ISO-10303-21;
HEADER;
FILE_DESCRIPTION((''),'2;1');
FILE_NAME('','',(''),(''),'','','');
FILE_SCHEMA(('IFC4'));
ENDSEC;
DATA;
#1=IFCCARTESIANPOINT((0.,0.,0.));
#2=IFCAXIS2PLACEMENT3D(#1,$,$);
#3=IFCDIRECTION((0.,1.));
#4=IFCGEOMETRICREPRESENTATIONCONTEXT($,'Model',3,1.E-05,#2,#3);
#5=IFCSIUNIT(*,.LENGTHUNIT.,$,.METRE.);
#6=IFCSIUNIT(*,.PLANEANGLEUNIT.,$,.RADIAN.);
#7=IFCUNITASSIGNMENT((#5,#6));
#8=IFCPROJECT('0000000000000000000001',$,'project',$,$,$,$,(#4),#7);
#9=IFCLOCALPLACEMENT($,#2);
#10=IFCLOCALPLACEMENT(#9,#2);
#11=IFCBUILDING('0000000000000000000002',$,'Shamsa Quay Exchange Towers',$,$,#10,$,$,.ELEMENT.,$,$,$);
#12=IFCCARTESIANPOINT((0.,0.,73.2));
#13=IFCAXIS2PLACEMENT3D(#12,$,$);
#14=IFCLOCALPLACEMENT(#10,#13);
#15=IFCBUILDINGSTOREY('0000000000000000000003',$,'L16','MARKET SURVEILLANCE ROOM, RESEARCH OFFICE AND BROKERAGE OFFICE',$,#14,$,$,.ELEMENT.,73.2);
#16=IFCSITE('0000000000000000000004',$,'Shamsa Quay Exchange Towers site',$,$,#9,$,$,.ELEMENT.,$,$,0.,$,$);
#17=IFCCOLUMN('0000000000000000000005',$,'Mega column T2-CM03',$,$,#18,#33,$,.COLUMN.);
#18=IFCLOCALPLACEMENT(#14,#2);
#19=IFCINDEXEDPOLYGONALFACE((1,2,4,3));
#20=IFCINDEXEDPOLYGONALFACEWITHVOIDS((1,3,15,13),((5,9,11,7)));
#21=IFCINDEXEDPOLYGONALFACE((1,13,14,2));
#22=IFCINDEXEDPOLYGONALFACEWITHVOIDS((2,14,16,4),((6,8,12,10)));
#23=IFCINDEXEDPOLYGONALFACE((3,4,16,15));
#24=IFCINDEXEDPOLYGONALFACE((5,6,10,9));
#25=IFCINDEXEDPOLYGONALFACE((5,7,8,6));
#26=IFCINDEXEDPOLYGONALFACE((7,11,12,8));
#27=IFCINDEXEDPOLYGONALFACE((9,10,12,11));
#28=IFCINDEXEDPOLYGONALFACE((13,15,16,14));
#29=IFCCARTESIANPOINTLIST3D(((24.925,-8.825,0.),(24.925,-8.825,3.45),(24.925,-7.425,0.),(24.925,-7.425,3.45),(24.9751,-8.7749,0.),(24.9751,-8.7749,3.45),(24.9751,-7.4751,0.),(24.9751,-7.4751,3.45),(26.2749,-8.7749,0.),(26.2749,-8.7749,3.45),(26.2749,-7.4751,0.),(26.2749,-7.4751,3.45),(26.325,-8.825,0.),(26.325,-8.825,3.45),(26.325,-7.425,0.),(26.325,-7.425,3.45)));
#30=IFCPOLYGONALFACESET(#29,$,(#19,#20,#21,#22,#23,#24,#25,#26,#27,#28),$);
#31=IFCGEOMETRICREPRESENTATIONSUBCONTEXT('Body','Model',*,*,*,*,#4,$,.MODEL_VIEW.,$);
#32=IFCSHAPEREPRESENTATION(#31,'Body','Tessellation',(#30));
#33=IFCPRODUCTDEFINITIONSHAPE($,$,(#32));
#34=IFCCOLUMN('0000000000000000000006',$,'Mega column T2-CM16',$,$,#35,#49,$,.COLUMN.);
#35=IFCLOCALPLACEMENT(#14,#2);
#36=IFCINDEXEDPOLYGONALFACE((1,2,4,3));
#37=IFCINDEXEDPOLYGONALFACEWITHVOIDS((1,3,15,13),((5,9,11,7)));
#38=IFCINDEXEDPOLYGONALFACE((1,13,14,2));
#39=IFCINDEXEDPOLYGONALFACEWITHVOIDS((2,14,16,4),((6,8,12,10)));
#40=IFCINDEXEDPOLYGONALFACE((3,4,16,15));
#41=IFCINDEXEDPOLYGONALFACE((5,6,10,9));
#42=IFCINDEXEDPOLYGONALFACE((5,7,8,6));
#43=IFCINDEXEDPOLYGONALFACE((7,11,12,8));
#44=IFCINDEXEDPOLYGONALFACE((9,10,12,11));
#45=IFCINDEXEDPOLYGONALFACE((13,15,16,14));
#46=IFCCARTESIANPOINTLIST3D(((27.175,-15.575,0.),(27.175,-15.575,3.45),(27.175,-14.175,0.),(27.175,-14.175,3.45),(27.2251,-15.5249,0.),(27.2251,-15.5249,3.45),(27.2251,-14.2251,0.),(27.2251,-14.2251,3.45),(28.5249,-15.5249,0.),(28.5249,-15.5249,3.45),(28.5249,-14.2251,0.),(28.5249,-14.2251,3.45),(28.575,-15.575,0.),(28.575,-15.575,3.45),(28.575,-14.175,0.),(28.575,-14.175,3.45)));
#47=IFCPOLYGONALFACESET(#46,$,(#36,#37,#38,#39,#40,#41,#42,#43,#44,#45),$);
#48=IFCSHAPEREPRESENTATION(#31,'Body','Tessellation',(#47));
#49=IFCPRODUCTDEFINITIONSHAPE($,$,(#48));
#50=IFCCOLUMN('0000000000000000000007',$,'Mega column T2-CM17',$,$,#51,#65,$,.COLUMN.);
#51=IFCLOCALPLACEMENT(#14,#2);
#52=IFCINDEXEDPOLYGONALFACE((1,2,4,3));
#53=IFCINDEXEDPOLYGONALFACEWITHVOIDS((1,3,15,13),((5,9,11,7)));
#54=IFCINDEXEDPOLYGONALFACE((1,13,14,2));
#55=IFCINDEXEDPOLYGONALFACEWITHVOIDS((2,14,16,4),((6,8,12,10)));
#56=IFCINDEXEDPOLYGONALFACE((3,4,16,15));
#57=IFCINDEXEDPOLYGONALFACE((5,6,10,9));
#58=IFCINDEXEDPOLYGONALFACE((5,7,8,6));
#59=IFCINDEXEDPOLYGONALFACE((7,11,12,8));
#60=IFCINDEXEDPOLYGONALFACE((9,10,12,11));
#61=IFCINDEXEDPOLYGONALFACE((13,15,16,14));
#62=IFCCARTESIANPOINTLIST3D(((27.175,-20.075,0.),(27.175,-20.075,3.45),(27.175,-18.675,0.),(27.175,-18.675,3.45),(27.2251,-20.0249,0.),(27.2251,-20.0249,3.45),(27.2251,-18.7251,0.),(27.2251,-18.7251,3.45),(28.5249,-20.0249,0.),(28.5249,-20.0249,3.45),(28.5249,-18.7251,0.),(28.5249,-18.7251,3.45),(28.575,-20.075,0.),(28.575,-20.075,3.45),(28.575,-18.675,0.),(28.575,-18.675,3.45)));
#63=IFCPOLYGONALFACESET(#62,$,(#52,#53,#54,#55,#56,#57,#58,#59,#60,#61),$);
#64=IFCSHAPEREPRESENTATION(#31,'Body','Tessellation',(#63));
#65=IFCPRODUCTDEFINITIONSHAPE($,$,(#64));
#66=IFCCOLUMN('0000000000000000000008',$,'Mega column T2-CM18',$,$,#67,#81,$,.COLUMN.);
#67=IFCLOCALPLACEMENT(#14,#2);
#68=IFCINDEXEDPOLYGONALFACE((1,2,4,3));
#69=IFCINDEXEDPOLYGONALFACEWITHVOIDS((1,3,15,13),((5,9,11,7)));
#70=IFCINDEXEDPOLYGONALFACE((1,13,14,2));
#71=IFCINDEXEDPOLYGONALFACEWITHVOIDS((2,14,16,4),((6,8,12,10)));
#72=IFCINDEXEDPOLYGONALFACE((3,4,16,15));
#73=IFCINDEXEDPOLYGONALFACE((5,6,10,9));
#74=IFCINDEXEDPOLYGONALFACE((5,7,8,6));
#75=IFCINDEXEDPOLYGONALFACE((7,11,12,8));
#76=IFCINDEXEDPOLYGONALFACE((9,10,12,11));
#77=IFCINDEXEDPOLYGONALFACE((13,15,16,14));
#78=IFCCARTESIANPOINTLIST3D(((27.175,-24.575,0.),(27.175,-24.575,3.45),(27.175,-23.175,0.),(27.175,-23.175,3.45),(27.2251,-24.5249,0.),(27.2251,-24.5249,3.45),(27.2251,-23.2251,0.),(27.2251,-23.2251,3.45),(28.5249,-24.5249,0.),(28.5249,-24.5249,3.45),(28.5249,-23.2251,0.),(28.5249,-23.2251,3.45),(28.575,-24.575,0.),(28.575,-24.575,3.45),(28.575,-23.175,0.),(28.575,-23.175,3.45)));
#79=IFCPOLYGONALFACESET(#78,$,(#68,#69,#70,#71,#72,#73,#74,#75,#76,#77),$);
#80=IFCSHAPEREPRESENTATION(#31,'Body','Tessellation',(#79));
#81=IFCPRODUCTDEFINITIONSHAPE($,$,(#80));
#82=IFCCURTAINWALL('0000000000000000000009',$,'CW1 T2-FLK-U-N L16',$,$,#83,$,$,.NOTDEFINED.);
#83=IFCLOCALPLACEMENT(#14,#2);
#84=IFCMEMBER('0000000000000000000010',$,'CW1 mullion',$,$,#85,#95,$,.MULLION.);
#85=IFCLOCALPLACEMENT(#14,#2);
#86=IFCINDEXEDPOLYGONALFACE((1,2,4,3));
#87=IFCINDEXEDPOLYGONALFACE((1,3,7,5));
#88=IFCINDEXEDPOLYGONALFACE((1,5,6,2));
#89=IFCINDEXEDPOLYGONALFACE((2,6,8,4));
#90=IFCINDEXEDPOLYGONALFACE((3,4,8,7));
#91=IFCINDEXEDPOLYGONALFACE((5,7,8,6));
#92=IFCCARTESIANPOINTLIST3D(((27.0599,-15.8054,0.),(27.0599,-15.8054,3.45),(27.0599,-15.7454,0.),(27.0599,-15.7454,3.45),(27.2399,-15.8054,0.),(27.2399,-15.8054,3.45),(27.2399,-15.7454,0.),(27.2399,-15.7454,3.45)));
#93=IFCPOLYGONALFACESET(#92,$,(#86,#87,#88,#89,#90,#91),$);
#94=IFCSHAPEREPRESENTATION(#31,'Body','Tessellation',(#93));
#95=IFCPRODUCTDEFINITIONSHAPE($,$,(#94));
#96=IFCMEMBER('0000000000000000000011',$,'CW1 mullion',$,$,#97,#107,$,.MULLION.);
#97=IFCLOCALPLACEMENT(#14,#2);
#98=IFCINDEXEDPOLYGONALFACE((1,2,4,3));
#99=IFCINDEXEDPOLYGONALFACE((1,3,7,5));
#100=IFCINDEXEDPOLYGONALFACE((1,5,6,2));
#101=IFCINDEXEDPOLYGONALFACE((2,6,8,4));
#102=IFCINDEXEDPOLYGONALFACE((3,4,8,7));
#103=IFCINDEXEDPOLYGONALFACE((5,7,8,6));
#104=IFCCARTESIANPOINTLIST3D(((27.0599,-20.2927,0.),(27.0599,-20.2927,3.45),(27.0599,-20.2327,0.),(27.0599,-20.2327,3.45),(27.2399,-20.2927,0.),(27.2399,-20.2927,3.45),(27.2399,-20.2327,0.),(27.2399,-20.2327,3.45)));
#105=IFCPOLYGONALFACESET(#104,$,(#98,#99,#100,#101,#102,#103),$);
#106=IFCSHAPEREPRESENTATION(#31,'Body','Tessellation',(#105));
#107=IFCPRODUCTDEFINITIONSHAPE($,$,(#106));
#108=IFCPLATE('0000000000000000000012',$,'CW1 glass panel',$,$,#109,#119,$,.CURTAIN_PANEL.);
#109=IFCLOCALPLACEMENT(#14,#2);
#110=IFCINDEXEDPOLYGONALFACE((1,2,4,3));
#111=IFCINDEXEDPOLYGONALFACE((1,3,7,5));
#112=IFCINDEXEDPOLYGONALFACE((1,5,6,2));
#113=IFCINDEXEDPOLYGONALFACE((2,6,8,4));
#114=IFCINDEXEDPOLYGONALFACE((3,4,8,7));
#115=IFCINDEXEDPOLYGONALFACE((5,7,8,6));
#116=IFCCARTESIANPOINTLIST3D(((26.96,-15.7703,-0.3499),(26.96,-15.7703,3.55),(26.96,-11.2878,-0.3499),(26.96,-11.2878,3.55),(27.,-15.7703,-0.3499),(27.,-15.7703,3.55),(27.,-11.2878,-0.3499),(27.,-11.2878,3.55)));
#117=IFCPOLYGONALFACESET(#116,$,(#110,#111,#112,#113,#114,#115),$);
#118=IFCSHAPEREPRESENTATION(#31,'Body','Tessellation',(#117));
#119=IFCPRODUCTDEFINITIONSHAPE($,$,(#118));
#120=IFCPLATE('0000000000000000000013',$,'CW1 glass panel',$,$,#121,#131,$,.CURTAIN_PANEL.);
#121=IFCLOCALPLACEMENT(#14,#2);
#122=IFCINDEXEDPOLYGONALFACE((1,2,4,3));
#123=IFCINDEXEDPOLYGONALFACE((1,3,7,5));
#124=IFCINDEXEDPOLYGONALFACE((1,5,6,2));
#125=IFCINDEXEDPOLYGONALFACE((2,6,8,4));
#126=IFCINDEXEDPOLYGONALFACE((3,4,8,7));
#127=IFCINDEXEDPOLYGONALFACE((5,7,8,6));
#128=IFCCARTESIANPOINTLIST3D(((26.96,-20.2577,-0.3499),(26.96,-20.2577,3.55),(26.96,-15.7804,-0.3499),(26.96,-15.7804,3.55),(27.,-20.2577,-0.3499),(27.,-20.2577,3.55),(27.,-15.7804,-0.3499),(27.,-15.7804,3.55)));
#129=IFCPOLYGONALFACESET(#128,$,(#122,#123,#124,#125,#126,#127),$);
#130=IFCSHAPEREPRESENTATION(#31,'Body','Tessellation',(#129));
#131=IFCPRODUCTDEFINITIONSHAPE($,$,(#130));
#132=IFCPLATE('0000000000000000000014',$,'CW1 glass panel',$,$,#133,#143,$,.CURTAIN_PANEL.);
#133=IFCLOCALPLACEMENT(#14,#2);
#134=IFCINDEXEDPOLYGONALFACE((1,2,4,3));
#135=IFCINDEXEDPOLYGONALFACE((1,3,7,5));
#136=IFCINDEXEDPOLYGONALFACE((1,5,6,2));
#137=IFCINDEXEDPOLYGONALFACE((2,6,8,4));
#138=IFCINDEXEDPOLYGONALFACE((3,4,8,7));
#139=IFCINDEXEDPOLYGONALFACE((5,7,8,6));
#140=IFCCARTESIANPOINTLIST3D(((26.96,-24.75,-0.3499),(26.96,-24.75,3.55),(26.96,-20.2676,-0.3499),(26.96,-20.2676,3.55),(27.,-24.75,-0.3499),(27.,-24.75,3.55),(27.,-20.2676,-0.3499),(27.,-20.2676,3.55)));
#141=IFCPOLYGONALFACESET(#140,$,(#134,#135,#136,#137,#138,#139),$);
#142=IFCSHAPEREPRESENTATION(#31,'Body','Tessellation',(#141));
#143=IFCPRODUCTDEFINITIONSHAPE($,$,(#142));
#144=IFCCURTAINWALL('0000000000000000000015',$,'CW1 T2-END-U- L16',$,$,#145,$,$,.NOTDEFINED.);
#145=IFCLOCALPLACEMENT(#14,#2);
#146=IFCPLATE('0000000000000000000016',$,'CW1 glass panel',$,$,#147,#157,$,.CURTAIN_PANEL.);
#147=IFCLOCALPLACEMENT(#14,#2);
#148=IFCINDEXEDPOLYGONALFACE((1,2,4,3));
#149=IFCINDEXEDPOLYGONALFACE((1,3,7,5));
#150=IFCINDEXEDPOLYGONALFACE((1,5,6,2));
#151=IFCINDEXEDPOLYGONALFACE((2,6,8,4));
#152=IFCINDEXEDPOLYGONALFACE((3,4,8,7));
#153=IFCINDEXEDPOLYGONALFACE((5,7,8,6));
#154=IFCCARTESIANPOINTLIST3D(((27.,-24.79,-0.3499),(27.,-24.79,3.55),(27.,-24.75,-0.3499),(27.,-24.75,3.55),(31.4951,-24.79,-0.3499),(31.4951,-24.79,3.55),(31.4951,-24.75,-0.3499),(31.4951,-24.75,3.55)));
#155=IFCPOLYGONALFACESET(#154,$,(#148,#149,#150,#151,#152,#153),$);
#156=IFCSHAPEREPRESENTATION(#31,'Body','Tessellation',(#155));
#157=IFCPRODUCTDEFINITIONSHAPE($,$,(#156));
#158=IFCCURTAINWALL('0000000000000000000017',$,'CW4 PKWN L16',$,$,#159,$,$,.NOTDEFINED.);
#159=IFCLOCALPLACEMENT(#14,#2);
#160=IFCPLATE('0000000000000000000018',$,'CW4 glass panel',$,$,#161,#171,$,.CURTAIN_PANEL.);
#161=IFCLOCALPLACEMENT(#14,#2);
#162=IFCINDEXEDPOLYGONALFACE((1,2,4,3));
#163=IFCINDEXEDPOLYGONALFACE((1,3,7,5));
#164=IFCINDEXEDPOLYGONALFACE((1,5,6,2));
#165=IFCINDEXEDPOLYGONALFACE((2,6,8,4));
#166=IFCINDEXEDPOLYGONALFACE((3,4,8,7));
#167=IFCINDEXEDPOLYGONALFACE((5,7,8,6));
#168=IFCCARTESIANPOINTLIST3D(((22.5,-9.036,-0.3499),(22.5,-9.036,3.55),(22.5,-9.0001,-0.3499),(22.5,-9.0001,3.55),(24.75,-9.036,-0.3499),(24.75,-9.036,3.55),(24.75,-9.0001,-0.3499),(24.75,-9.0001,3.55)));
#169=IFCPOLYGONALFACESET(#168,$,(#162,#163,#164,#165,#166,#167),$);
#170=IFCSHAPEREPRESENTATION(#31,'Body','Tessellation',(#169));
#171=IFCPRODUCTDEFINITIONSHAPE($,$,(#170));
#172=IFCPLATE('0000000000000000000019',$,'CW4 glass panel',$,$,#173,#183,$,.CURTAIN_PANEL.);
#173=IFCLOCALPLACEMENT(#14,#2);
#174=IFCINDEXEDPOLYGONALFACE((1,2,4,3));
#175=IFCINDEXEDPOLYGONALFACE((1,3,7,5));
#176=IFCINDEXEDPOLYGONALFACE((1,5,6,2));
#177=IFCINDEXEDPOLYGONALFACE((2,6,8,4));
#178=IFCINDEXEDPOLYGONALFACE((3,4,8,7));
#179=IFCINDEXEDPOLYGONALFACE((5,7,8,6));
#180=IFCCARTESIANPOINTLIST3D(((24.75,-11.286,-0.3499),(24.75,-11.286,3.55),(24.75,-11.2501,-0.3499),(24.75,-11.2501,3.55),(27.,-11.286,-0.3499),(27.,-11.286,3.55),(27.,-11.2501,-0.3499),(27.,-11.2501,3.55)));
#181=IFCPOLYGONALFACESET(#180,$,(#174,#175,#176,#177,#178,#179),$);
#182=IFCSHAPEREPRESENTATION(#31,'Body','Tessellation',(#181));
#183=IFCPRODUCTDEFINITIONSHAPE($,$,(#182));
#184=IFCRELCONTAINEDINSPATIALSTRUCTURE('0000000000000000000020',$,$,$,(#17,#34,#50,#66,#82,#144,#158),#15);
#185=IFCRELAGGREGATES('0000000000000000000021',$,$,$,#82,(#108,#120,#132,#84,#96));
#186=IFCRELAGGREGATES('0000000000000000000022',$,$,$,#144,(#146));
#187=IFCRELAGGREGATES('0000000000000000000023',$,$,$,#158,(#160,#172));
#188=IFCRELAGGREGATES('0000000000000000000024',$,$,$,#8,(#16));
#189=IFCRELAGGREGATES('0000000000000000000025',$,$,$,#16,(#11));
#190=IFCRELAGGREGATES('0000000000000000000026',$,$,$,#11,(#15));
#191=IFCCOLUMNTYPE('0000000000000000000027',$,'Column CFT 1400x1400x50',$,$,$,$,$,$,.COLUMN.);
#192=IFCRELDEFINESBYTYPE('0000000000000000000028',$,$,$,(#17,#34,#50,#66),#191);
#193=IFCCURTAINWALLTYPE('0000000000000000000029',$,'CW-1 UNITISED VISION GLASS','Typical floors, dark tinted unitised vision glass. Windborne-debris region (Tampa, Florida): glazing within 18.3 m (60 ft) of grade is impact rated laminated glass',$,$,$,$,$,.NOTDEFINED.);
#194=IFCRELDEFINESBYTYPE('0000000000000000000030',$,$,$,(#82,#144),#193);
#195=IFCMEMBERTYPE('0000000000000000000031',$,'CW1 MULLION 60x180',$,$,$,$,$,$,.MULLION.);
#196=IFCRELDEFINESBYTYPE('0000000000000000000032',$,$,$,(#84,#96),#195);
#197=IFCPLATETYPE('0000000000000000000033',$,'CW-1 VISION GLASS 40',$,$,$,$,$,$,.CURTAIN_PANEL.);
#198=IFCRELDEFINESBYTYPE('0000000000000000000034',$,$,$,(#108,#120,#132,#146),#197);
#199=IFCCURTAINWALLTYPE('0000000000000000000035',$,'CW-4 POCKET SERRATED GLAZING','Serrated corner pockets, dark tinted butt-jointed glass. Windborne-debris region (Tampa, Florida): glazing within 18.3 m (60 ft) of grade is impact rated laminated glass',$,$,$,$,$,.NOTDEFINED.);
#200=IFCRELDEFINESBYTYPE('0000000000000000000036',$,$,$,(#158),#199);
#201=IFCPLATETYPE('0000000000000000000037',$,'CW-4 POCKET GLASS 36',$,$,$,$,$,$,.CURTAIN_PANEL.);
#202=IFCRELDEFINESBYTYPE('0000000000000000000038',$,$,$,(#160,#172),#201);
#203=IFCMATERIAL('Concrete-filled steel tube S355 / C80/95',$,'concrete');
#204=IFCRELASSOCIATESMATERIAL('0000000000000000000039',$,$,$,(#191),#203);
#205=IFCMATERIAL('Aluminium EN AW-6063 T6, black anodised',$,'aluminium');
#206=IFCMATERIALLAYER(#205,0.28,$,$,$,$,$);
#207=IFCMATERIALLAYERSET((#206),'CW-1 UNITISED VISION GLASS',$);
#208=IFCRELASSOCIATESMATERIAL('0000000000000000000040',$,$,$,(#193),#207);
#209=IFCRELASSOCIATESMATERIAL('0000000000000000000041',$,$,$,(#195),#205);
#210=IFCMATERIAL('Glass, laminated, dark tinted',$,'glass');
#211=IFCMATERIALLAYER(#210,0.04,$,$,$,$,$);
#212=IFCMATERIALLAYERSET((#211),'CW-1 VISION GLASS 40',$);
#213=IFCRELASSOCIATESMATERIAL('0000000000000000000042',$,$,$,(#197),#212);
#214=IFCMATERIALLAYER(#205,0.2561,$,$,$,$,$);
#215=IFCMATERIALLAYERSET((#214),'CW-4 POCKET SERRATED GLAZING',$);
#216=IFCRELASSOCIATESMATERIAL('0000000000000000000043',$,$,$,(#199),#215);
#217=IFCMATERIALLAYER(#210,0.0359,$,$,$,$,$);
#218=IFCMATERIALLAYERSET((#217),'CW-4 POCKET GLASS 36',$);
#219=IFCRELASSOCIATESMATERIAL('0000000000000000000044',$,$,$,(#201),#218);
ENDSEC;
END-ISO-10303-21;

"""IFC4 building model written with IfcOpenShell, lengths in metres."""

from ifc_helpers import new_model, si_unit, direction, frame, origin, origin_2d, place, context, subcontext, project, spatial, rectangle, hollow_rectangle, extrude, material, layer, layer_set, material_profile, profile_set, type_object, element, aggregate, save


model = new_model("IFC4")

# Units and contexts
model_context = context("Model", 3, precision=1e-05, world=origin(), true_north=direction((0.0, 1.0)))
body_context = subcontext(model_context, "Body", "Model", "MODEL_VIEW")
ifc_project = project(units=[si_unit("LENGTHUNIT", "METRE"), si_unit("PLANEANGLEUNIT", "RADIAN")], contexts=[model_context])

# Site, building, storey
site_placement = place(None, origin())
site = spatial("IfcSite", under=ifc_project, at=site_placement, Name="Shamsa Quay Exchange Towers site", CompositionType="ELEMENT", RefElevation=0.0)
building_placement = place(site_placement, origin())
building = spatial("IfcBuilding", under=site, at=building_placement, Name="Shamsa Quay Exchange Towers", CompositionType="ELEMENT")
storey_placement = place(building_placement, frame((0.0, 0.0, 73.2)))
storey = spatial("IfcBuildingStorey", under=building, at=storey_placement, Name="L16", Description="MARKET SURVEILLANCE ROOM, RESEARCH OFFICE AND BROKERAGE OFFICE", CompositionType="ELEMENT", Elevation=73.2)

# Columns
ifc_material_1 = material(Name="Concrete-filled steel tube S355 / C80/95", Category="concrete")
ifc_material_profile_1 = material_profile(ifc_material_1, hollow_rectangle(XDim=1.3999, YDim=1.3999, WallThickness=0.05, at=origin_2d()), Name="CFT 1400x1400x50")
ifc_profile_set_1 = profile_set([ifc_material_profile_1], Name="Concrete-filled steel tube S355 / C80/95")
column_type = type_object("IfcColumnType", Name="Column CFT 1400x1400x50", PredefinedType="COLUMN", material=ifc_profile_set_1)
for number, where, name in (
    (1, (25.625, -8.125, 0.0), "Mega column T2-CM03"),
    (2, (27.875, -14.875, 0.0), "Mega column T2-CM16"),
    (3, (27.875, -19.375, 0.0), "Mega column T2-CM17"),
    (4, (27.875, -23.875, 0.0), "Mega column T2-CM18"),
):
    element("IfcColumn", number, at=place(storey_placement, frame(where)), inside=storey, type_object=column_type, Name=name, PredefinedType="COLUMN", context=body_context, shape_type="SweptSolid", body=[
        extrude(hollow_rectangle(XDim=1.3999, YDim=1.3999, WallThickness=0.05, at=origin_2d()), origin(), (0.0, 0.0, 1.0), 3.45),
    ])

# Curtain wall, members, plates
ifc_material_2 = material(Name="Aluminium EN AW-6063 T6, black anodised", Category="aluminium")
ifc_layer_1 = layer(ifc_material_2, 0.28)
ifc_layer_set_1 = layer_set([ifc_layer_1], Name="CW-1 UNITISED VISION GLASS")
curtain_wall_type_1 = type_object("IfcCurtainWallType", Name="CW-1 UNITISED VISION GLASS", Description="Typical floors, dark tinted unitised vision glass. Windborne-debris region (Tampa, Florida): glazing within 18.3 m (60 ft) of grade is impact rated laminated glass", PredefinedType="NOTDEFINED", material=ifc_layer_set_1)
curtain_wall_1_placement = place(storey_placement, origin())
curtain_wall_1 = element("IfcCurtainWall", 5, at=curtain_wall_1_placement, inside=storey, type_object=curtain_wall_type_1, Name="CW1 T2-FLK-U-N L16", PredefinedType="NOTDEFINED")
ifc_material_profile_2 = material_profile(ifc_material_2, rectangle(XDim=0.1799, YDim=0.0601, at=origin_2d()), Name="MU60x180")
ifc_profile_set_2 = profile_set([ifc_material_profile_2], Name="Aluminium EN AW-6063 T6, black anodised")
member_type = type_object("IfcMemberType", Name="CW1 MULLION 60x180", PredefinedType="MULLION", material=ifc_profile_set_2)
member_1_placement = place(storey_placement, frame((27.1499, -15.7754, 0.0)))
member_1 = element("IfcMember", 6, at=member_1_placement, type_object=member_type, Name="CW1 mullion", PredefinedType="MULLION", context=body_context, shape_type="SweptSolid", body=[
    extrude(rectangle(XDim=0.1799, YDim=0.0601, at=origin_2d()), origin(), (0.0, 0.0, 1.0), 3.45),
])
member_2_placement = place(storey_placement, frame((27.1499, -20.2627, 0.0)))
member_2 = element("IfcMember", 7, at=member_2_placement, type_object=member_type, Name="CW1 mullion", PredefinedType="MULLION", context=body_context, shape_type="SweptSolid", body=[
    extrude(rectangle(XDim=0.1799, YDim=0.0601, at=origin_2d()), origin(), (0.0, 0.0, 1.0), 3.45),
])
ifc_material_3 = material(Name="Glass, laminated, dark tinted", Category="glass")
ifc_layer_2 = layer(ifc_material_3, 0.04)
ifc_layer_set_2 = layer_set([ifc_layer_2], Name="CW-1 VISION GLASS 40")
plate_type_1 = type_object("IfcPlateType", Name="CW-1 VISION GLASS 40", PredefinedType="CURTAIN_PANEL", material=ifc_layer_set_2)
plate_1_placement = place(storey_placement, frame((26.98, -13.5291, -0.3499), z_axis=(0.0, 0.0, 1.0), x_axis=(0.0, -1.0, 0.0)))
plate_1 = element("IfcPlate", 8, at=plate_1_placement, type_object=plate_type_1, Name="CW1 glass panel", PredefinedType="CURTAIN_PANEL", context=body_context, shape_type="SweptSolid", body=[
    extrude(rectangle(XDim=4.4824, YDim=0.04, at=origin_2d()), origin(), (0.0, 0.0, 1.0), 3.8999),
])
plate_2_placement = place(storey_placement, frame((26.98, -18.019, -0.3499), z_axis=(0.0, 0.0, 1.0), x_axis=(0.0, -1.0, 0.0)))
plate_2 = element("IfcPlate", 9, at=plate_2_placement, type_object=plate_type_1, Name="CW1 glass panel", PredefinedType="CURTAIN_PANEL", context=body_context, shape_type="SweptSolid", body=[
    extrude(rectangle(XDim=4.4773, YDim=0.04, at=origin_2d()), origin(), (0.0, 0.0, 1.0), 3.8999),
])
plate_3_placement = place(storey_placement, frame((26.98, -22.5088, -0.3499), z_axis=(0.0, 0.0, 1.0), x_axis=(0.0, -1.0, 0.0)))
plate_3 = element("IfcPlate", 10, at=plate_3_placement, type_object=plate_type_1, Name="CW1 glass panel", PredefinedType="CURTAIN_PANEL", context=body_context, shape_type="SweptSolid", body=[
    extrude(rectangle(XDim=4.4824, YDim=0.04, at=origin_2d()), origin(), (0.0, 0.0, 1.0), 3.8999),
])
aggregate(curtain_wall_1, [plate_1, plate_2, plate_3, member_1, member_2])

# Curtain wall, plate
curtain_wall_2_placement = place(storey_placement, origin())
curtain_wall_2 = element("IfcCurtainWall", 11, at=curtain_wall_2_placement, inside=storey, type_object=curtain_wall_type_1, Name="CW1 T2-END-U- L16", PredefinedType="NOTDEFINED")
plate_4_placement = place(storey_placement, frame((29.2476, -24.77, -0.3499)))
plate_4 = element("IfcPlate", 12, at=plate_4_placement, type_object=plate_type_1, Name="CW1 glass panel", PredefinedType="CURTAIN_PANEL", context=body_context, shape_type="SweptSolid", body=[
    extrude(rectangle(XDim=4.4951, YDim=0.04, at=origin_2d()), origin(), (0.0, 0.0, 1.0), 3.8999),
])
aggregate(curtain_wall_2, [plate_4])

# Curtain wall, plates
ifc_layer_3 = layer(ifc_material_2, 0.2561)
ifc_layer_set_3 = layer_set([ifc_layer_3], Name="CW-4 POCKET SERRATED GLAZING")
curtain_wall_type_2 = type_object("IfcCurtainWallType", Name="CW-4 POCKET SERRATED GLAZING", Description="Serrated corner pockets, dark tinted butt-jointed glass. Windborne-debris region (Tampa, Florida): glazing within 18.3 m (60 ft) of grade is impact rated laminated glass", PredefinedType="NOTDEFINED", material=ifc_layer_set_3)
curtain_wall_3_placement = place(storey_placement, origin())
curtain_wall_3 = element("IfcCurtainWall", 13, at=curtain_wall_3_placement, inside=storey, type_object=curtain_wall_type_2, Name="CW4 PKWN L16", PredefinedType="NOTDEFINED")
ifc_layer_4 = layer(ifc_material_3, 0.0359)
ifc_layer_set_4 = layer_set([ifc_layer_4], Name="CW-4 POCKET GLASS 36")
plate_type_2 = type_object("IfcPlateType", Name="CW-4 POCKET GLASS 36", PredefinedType="CURTAIN_PANEL", material=ifc_layer_set_4)
plate_5_placement = place(storey_placement, frame((23.625, -9.0181, -0.3499)))
plate_5 = element("IfcPlate", 14, at=plate_5_placement, type_object=plate_type_2, Name="CW4 glass panel", PredefinedType="CURTAIN_PANEL", context=body_context, shape_type="SweptSolid", body=[
    extrude(rectangle(XDim=2.25, YDim=0.0359, at=origin_2d()), origin(), (0.0, 0.0, 1.0), 3.8999),
])
plate_6_placement = place(storey_placement, frame((25.875, -11.2681, -0.3499)))
plate_6 = element("IfcPlate", 15, at=plate_6_placement, type_object=plate_type_2, Name="CW4 glass panel", PredefinedType="CURTAIN_PANEL", context=body_context, shape_type="SweptSolid", body=[
    extrude(rectangle(XDim=2.25, YDim=0.0359, at=origin_2d()), origin(), (0.0, 0.0, 1.0), 3.8999),
])
aggregate(curtain_wall_3, [plate_5, plate_6])

save(model, "model.ifc")
